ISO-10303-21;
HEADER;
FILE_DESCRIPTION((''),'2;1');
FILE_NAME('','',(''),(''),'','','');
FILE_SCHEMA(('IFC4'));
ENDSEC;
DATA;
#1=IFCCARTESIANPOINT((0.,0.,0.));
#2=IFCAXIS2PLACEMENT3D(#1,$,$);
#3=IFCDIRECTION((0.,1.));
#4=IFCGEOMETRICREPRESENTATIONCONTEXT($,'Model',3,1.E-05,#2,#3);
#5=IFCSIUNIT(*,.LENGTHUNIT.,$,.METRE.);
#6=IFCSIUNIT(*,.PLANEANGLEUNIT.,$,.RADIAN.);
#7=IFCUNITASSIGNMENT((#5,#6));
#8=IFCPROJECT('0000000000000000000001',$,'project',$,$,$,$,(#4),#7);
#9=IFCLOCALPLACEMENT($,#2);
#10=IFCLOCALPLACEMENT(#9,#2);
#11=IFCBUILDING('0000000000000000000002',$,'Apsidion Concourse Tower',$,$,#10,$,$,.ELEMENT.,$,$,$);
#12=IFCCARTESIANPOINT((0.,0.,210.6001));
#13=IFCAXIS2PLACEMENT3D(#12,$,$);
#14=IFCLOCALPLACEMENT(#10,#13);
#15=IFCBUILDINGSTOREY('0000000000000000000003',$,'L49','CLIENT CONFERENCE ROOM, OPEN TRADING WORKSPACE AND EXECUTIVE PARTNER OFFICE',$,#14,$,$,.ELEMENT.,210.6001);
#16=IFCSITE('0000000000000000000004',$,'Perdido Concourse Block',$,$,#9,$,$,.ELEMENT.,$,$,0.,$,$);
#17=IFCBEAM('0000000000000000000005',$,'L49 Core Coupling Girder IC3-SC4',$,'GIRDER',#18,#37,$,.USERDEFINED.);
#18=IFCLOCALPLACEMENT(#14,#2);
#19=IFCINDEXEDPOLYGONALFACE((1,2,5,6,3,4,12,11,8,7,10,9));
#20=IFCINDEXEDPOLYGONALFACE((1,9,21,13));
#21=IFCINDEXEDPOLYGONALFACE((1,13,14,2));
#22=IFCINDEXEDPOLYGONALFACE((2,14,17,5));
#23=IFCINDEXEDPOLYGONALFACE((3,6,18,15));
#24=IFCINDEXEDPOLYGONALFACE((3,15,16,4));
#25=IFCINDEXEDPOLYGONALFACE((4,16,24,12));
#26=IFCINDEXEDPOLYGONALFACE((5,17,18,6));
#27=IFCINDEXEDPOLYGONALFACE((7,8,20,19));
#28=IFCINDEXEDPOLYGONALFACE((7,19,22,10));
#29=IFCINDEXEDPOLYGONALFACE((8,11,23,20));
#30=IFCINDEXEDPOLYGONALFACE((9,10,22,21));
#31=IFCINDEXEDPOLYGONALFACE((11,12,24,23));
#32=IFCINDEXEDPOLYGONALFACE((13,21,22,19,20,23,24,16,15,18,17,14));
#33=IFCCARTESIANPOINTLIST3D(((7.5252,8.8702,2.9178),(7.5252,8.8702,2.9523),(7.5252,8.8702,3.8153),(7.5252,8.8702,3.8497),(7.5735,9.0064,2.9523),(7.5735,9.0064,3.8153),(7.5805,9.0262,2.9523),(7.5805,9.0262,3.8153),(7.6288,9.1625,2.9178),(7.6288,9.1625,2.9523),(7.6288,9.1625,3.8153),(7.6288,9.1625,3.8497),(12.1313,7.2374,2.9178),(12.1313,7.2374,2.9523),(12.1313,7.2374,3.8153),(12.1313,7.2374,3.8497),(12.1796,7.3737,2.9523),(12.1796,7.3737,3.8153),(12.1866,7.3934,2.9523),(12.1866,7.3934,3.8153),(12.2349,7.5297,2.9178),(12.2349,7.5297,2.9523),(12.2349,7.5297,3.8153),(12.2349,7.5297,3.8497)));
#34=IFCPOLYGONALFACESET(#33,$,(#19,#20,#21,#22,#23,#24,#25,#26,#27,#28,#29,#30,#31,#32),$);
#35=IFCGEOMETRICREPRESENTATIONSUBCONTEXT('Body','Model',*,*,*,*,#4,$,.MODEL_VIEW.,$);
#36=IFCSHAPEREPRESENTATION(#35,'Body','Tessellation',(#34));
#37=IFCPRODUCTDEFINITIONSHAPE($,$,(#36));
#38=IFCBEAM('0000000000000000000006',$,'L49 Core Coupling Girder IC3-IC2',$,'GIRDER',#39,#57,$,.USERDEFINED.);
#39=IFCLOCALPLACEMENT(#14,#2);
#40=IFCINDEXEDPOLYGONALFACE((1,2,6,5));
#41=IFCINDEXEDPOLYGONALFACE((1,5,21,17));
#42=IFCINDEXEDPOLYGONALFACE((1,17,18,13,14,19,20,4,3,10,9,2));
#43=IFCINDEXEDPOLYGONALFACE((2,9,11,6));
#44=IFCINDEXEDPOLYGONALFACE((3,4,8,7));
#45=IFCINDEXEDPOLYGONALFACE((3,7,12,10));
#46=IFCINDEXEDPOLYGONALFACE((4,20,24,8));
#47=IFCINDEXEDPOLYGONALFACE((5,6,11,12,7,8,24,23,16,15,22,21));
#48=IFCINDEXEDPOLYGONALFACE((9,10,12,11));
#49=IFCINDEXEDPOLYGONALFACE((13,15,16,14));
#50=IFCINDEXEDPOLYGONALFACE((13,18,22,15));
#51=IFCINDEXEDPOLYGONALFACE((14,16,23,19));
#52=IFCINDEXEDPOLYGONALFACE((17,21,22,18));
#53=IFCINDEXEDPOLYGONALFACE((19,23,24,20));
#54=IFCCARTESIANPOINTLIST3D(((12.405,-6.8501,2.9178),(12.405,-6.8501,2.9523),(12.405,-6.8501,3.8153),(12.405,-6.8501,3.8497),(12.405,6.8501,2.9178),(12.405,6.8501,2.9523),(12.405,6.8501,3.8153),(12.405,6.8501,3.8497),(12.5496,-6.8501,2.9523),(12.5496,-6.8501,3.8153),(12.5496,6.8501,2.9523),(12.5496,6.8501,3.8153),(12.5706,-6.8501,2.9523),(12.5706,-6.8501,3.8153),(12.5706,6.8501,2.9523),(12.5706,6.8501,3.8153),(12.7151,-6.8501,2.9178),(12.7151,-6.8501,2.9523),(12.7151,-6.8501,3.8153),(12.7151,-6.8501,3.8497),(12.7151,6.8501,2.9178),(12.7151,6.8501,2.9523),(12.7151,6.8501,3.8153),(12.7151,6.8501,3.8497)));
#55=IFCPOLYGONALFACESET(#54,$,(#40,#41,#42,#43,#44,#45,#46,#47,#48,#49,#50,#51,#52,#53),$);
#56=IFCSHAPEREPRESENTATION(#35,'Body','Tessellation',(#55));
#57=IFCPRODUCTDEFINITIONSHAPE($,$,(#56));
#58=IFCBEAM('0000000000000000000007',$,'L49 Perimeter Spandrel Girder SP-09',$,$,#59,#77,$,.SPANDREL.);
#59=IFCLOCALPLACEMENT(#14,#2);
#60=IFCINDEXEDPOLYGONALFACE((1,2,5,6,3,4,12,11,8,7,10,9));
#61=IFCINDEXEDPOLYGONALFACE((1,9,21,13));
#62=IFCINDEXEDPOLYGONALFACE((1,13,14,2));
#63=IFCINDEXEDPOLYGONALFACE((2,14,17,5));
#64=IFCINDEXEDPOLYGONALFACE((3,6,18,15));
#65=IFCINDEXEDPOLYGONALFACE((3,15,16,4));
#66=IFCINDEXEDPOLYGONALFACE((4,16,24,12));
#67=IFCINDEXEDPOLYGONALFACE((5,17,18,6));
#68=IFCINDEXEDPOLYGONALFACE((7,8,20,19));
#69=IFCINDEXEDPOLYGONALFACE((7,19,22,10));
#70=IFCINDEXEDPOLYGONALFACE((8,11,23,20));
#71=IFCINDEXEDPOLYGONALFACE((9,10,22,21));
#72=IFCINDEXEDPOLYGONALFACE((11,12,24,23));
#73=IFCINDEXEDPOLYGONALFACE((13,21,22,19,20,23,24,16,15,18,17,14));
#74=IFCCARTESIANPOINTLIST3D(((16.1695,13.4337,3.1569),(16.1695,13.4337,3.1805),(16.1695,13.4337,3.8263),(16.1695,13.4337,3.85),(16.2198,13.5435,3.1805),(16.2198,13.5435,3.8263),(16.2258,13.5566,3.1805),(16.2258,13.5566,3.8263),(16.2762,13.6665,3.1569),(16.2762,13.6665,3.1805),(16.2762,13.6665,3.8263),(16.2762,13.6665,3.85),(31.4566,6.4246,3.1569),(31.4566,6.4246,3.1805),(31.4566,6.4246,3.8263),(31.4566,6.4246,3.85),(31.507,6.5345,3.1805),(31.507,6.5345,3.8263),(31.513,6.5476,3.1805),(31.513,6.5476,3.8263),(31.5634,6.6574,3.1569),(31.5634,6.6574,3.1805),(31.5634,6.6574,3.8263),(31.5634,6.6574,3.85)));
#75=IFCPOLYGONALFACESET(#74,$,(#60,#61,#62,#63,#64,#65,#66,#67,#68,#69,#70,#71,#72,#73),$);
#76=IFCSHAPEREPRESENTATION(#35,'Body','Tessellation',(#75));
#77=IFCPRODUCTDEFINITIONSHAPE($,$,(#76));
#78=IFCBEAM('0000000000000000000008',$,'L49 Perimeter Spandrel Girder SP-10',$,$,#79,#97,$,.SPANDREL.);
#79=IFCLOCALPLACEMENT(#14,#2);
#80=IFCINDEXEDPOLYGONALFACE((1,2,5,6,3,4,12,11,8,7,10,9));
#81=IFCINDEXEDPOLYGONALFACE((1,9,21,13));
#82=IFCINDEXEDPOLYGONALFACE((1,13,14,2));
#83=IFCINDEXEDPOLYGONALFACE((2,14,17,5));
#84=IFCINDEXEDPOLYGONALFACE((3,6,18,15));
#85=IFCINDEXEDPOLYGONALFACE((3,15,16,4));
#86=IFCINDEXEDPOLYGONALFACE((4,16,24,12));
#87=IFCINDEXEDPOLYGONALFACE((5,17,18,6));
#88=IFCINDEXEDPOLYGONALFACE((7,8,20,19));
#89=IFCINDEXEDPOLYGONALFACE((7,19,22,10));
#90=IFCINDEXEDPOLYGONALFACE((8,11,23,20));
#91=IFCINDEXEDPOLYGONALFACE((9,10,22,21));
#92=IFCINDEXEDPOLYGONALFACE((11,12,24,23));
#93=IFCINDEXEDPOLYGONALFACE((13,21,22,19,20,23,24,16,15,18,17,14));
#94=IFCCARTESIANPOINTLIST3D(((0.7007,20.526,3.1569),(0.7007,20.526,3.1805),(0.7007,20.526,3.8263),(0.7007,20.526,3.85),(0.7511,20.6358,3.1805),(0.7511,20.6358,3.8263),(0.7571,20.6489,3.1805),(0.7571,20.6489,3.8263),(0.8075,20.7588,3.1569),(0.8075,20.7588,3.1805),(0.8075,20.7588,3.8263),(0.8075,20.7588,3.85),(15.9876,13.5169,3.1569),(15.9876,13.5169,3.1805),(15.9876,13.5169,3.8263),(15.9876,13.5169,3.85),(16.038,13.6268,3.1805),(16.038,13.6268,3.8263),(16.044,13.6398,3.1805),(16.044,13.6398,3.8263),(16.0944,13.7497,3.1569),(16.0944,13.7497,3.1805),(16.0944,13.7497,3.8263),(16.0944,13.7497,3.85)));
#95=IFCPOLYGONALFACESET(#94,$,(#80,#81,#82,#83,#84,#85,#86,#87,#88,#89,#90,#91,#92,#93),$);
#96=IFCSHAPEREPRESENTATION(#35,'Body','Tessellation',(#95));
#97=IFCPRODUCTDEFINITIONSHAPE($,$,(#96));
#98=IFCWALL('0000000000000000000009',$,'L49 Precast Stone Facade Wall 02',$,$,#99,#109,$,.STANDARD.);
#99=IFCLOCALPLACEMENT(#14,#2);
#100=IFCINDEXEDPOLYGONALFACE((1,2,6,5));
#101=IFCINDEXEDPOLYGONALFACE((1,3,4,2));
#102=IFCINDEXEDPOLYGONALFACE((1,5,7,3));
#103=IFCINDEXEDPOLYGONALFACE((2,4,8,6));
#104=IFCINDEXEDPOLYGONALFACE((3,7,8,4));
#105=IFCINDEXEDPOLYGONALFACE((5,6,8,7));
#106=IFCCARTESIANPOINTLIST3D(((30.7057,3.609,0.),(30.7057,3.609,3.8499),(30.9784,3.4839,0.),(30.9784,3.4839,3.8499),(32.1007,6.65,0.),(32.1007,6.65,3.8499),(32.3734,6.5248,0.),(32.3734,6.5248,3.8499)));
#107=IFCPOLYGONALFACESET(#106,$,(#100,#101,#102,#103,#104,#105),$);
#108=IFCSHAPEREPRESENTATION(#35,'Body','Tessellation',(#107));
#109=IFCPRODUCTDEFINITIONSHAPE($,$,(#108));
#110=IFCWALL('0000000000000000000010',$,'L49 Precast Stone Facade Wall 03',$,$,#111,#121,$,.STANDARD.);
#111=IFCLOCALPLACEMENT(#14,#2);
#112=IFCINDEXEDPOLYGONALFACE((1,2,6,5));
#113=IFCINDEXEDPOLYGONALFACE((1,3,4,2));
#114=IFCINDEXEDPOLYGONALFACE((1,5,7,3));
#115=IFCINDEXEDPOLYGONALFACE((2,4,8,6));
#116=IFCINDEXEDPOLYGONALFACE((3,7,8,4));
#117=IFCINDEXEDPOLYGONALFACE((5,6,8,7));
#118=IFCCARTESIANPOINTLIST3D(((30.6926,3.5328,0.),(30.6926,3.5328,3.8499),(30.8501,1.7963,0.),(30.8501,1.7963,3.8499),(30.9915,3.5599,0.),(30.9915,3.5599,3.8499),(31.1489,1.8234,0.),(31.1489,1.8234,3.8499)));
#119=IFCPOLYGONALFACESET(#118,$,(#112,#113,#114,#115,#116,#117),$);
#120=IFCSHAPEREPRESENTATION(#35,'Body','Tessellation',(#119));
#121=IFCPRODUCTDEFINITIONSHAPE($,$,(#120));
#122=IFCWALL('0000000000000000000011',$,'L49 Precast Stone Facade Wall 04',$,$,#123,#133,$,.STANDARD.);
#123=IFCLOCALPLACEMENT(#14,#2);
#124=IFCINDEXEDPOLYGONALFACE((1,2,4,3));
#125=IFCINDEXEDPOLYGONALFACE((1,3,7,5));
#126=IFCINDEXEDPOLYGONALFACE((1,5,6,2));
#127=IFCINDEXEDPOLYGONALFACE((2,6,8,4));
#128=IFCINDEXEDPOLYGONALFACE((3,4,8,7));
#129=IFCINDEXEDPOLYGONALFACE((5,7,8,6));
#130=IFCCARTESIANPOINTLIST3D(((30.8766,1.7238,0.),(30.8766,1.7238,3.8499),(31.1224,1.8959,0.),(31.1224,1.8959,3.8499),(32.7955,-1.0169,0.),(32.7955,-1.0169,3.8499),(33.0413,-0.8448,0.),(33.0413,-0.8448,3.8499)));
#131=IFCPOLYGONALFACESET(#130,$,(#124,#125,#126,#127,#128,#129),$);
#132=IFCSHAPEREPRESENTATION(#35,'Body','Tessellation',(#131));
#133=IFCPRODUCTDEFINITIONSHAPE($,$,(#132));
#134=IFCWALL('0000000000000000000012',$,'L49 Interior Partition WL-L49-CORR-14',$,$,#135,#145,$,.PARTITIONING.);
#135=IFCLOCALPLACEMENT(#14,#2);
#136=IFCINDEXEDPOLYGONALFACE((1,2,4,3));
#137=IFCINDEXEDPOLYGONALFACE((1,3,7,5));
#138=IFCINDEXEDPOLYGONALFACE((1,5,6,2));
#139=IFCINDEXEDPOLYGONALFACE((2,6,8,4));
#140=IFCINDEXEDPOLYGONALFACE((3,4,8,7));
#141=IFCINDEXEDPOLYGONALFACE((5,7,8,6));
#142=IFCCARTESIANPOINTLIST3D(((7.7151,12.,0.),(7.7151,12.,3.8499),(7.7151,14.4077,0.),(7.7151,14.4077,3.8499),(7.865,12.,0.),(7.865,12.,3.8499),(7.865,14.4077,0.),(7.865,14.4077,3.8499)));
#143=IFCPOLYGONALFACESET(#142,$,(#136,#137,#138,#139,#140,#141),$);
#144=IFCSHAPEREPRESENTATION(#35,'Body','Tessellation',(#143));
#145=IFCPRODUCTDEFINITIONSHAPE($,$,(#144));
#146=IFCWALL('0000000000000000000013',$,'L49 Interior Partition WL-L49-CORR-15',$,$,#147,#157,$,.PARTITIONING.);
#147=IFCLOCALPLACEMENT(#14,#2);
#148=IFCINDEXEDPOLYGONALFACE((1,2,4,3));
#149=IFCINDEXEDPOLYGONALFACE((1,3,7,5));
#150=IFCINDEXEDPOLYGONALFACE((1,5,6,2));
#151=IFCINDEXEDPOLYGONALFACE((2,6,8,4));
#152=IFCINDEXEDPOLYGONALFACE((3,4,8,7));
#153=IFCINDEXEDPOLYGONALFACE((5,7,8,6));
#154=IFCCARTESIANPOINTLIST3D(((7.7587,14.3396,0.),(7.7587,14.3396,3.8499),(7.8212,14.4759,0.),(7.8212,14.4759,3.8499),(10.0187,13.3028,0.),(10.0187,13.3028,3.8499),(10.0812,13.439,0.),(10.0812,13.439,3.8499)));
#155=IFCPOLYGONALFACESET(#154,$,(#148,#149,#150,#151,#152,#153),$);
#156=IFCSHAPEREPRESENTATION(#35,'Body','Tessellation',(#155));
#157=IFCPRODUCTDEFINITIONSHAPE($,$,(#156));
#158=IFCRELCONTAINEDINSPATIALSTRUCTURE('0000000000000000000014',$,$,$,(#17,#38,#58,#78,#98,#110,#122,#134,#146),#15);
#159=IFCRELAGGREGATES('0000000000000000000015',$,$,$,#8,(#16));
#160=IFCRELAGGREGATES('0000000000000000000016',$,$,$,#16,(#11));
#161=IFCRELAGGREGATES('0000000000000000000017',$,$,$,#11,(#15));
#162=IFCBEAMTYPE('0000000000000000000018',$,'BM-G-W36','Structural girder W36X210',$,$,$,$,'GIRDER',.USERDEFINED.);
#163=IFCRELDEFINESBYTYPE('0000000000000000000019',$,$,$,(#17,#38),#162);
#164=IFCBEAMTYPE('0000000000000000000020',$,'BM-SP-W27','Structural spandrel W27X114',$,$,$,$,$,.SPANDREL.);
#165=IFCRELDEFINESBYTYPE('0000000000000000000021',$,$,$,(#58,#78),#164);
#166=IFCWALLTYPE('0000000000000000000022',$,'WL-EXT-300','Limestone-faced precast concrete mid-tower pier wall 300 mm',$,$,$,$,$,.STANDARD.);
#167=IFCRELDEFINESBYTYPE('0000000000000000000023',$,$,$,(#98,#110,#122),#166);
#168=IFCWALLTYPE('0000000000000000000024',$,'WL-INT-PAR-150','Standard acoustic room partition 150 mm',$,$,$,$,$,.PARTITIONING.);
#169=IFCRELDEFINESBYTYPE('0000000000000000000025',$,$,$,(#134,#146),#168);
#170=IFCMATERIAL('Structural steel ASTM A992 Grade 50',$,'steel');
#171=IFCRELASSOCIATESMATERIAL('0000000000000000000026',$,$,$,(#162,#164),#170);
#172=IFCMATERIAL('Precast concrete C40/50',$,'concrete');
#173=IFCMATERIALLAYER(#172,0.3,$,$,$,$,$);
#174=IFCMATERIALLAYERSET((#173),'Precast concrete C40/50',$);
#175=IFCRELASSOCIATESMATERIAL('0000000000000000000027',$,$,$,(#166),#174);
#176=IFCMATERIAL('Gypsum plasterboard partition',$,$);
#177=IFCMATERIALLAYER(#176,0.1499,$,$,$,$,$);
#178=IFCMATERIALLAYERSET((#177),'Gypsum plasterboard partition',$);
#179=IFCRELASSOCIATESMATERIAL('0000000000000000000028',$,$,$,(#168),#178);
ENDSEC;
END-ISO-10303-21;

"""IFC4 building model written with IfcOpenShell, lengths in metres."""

from ifc_helpers import new_model, si_unit, direction, frame, frame_2d, origin, origin_2d, place, context, subcontext, project, spatial, rectangle, i_section, extrude, material, layer, layer_set, material_profile, profile_set, type_object, element, save


model = new_model("IFC4")

# Units and contexts
model_context = context("Model", 3, precision=1e-05, world=origin(), true_north=direction((0.0, 1.0)))
body_context = subcontext(model_context, "Body", "Model", "MODEL_VIEW")
ifc_project = project(units=[si_unit("LENGTHUNIT", "METRE"), si_unit("PLANEANGLEUNIT", "RADIAN")], contexts=[model_context])

# Site, building, storey
site_placement = place(None, origin())
site = spatial("IfcSite", under=ifc_project, at=site_placement, Name="Perdido Concourse Block", CompositionType="ELEMENT", RefElevation=0.0)
building_placement = place(site_placement, origin())
building = spatial("IfcBuilding", under=site, at=building_placement, Name="Apsidion Concourse Tower", CompositionType="ELEMENT")
storey_placement = place(building_placement, frame((0.0, 0.0, 210.6001)))
storey = spatial("IfcBuildingStorey", under=building, at=storey_placement, Name="L49", Description="CLIENT CONFERENCE ROOM, OPEN TRADING WORKSPACE AND EXECUTIVE PARTNER OFFICE", CompositionType="ELEMENT", Elevation=210.6001)

# Shared definitions
ifc_material_1 = material(Name="Structural steel ASTM A992 Grade 50", Category="steel")

# Beams
ifc_material_profile_1 = material_profile(ifc_material_1, i_section(OverallWidth=0.3101, OverallDepth=0.9319, WebThickness=0.021, FlangeThickness=0.0344, at=origin_2d()), Name="W36X210")
ifc_profile_set_1 = profile_set([ifc_material_profile_1], Name="Structural steel ASTM A992 Grade 50")
beam_type_1 = type_object("IfcBeamType", Name="BM-G-W36", Description="Structural girder W36X210", ElementType="GIRDER", PredefinedType="USERDEFINED", material=ifc_profile_set_1)
beam_1_placement = place(storey_placement, frame((12.1831, 7.3835, 3.3838), z_axis=(-0.942534, 0.334111, 0.0), x_axis=(-0.334111, -0.942534, 0.0)))
element("IfcBeam", 1, at=beam_1_placement, inside=storey, type_object=beam_type_1, Name="L49 Core Coupling Girder IC3-SC4", ObjectType="GIRDER", PredefinedType="USERDEFINED", context=body_context, shape_type="SweptSolid", body=[
    extrude(i_section(OverallWidth=0.3101, OverallDepth=0.9319, WebThickness=0.021, FlangeThickness=0.0344, at=origin_2d()), origin(), (0.0, 0.0, 1.0), 4.887),
])
beam_2_placement = place(storey_placement, frame((12.5601, 6.8501, 3.3838), z_axis=(0.0, -1.0, 0.0), x_axis=(1.0, 0.0, 0.0)))
element("IfcBeam", 2, at=beam_2_placement, inside=storey, type_object=beam_type_1, Name="L49 Core Coupling Girder IC3-IC2", ObjectType="GIRDER", PredefinedType="USERDEFINED", context=body_context, shape_type="SweptSolid", body=[
    extrude(i_section(OverallWidth=0.3101, OverallDepth=0.9319, WebThickness=0.021, FlangeThickness=0.0344, at=origin_2d()), origin(), (0.0, 0.0, 1.0), 13.7002),
])
ifc_material_profile_2 = material_profile(ifc_material_1, i_section(OverallWidth=0.2561, OverallDepth=0.6931, WebThickness=0.0144, FlangeThickness=0.0237, at=origin_2d()), Name="W27X114")
ifc_profile_set_2 = profile_set([ifc_material_profile_2], Name="Structural steel ASTM A992 Grade 50")
beam_type_2 = type_object("IfcBeamType", Name="BM-SP-W27", Description="Structural spandrel W27X114", PredefinedType="SPANDREL", material=ifc_profile_set_2)
beam_3_placement = place(storey_placement, frame((31.51, 6.541, 3.5034), z_axis=(-0.90901, 0.416775, 0.0), x_axis=(-0.416775, -0.90901, 0.0)))
element("IfcBeam", 3, at=beam_3_placement, inside=storey, type_object=beam_type_2, Name="L49 Perimeter Spandrel Girder SP-09", PredefinedType="SPANDREL", context=body_context, shape_type="SweptSolid", body=[
    extrude(i_section(OverallWidth=0.2561, OverallDepth=0.6931, WebThickness=0.0144, FlangeThickness=0.0237, at=origin_2d()), origin(), (0.0, 0.0, 1.0), 16.8174),
])
beam_4_placement = place(storey_placement, frame((16.041, 13.6333, 3.5034), z_axis=(-0.909007, 0.41678, 0.0), x_axis=(-0.41678, -0.909007, 0.0)))
element("IfcBeam", 4, at=beam_4_placement, inside=storey, type_object=beam_type_2, Name="L49 Perimeter Spandrel Girder SP-10", PredefinedType="SPANDREL", context=body_context, shape_type="SweptSolid", body=[
    extrude(i_section(OverallWidth=0.2561, OverallDepth=0.6931, WebThickness=0.0144, FlangeThickness=0.0237, at=origin_2d()), origin(), (0.0, 0.0, 1.0), 16.8171),
])

# Walls
ifc_material_2 = material(Name="Precast concrete C40/50", Category="concrete")
ifc_layer_1 = layer(ifc_material_2, 0.3)
ifc_layer_set_1 = layer_set([ifc_layer_1], Name="Precast concrete C40/50")
wall_type_1 = type_object("IfcWallType", Name="WL-EXT-300", Description="Limestone-faced precast concrete mid-tower pier wall 300 mm", PredefinedType="STANDARD", material=ifc_layer_set_1)
wall_1_placement = place(storey_placement, frame((32.2371, 6.5874, 0.0), z_axis=(0.0, 0.0, 1.0), x_axis=(-0.416956, -0.908927, 0.0)))
element("IfcWall", 5, at=wall_1_placement, inside=storey, type_object=wall_type_1, Name="L49 Precast Stone Facade Wall 02", PredefinedType="STANDARD", context=body_context, shape_type="SweptSolid", body=[
    extrude(rectangle(XDim=3.3457, YDim=0.3, at=frame_2d((1.6729, 0.0))), origin(), (0.0, 0.0, 1.0), 3.8499),
])
wall_2_placement = place(storey_placement, frame((30.842, 3.5464, 0.0), z_axis=(0.0, 0.0, 1.0), x_axis=(0.090309, -0.995914, 0.0)))
element("IfcWall", 6, at=wall_2_placement, inside=storey, type_object=wall_type_1, Name="L49 Precast Stone Facade Wall 03", PredefinedType="STANDARD", context=body_context, shape_type="SweptSolid", body=[
    extrude(rectangle(XDim=1.7437, YDim=0.3, at=frame_2d((0.8718, 0.0))), origin(), (0.0, 0.0, 1.0), 3.8499),
])
wall_3_placement = place(storey_placement, frame((30.9995, 1.8098, 0.0), z_axis=(0.0, 0.0, 1.0), x_axis=(0.57355, -0.81917, 0.0)))
element("IfcWall", 7, at=wall_3_placement, inside=storey, type_object=wall_type_1, Name="L49 Precast Stone Facade Wall 04", PredefinedType="STANDARD", context=body_context, shape_type="SweptSolid", body=[
    extrude(rectangle(XDim=3.3457, YDim=0.3, at=frame_2d((1.6729, 0.0))), origin(), (0.0, 0.0, 1.0), 3.8499),
])
ifc_material_3 = material(Name="Gypsum plasterboard partition")
ifc_layer_2 = layer(ifc_material_3, 0.1499)
ifc_layer_set_2 = layer_set([ifc_layer_2], Name="Gypsum plasterboard partition")
wall_type_2 = type_object("IfcWallType", Name="WL-INT-PAR-150", Description="Standard acoustic room partition 150 mm", PredefinedType="PARTITIONING", material=ifc_layer_set_2)
wall_4_placement = place(storey_placement, frame((7.79, 12.0, 0.0), z_axis=(0.0, 0.0, 1.0), x_axis=(0.0, 1.0, 0.0)))
element("IfcWall", 8, at=wall_4_placement, inside=storey, type_object=wall_type_2, Name="L49 Interior Partition WL-L49-CORR-14", PredefinedType="PARTITIONING", context=body_context, shape_type="SweptSolid", body=[
    extrude(rectangle(XDim=2.4077, YDim=0.1499, at=frame_2d((1.2039, 0.0))), origin(), (0.0, 0.0, 1.0), 3.8499),
])
wall_5_placement = place(storey_placement, frame((7.79, 14.4077, 0.0), z_axis=(0.0, 0.0, 1.0), x_axis=(0.908908, -0.416996, 0.0)))
element("IfcWall", 9, at=wall_5_placement, inside=storey, type_object=wall_type_2, Name="L49 Interior Partition WL-L49-CORR-15", PredefinedType="PARTITIONING", context=body_context, shape_type="SweptSolid", body=[
    extrude(rectangle(XDim=2.4866, YDim=0.1499, at=frame_2d((1.2432, 0.0))), origin(), (0.0, 0.0, 1.0), 3.8499),
])

save(model, "model.ifc")
